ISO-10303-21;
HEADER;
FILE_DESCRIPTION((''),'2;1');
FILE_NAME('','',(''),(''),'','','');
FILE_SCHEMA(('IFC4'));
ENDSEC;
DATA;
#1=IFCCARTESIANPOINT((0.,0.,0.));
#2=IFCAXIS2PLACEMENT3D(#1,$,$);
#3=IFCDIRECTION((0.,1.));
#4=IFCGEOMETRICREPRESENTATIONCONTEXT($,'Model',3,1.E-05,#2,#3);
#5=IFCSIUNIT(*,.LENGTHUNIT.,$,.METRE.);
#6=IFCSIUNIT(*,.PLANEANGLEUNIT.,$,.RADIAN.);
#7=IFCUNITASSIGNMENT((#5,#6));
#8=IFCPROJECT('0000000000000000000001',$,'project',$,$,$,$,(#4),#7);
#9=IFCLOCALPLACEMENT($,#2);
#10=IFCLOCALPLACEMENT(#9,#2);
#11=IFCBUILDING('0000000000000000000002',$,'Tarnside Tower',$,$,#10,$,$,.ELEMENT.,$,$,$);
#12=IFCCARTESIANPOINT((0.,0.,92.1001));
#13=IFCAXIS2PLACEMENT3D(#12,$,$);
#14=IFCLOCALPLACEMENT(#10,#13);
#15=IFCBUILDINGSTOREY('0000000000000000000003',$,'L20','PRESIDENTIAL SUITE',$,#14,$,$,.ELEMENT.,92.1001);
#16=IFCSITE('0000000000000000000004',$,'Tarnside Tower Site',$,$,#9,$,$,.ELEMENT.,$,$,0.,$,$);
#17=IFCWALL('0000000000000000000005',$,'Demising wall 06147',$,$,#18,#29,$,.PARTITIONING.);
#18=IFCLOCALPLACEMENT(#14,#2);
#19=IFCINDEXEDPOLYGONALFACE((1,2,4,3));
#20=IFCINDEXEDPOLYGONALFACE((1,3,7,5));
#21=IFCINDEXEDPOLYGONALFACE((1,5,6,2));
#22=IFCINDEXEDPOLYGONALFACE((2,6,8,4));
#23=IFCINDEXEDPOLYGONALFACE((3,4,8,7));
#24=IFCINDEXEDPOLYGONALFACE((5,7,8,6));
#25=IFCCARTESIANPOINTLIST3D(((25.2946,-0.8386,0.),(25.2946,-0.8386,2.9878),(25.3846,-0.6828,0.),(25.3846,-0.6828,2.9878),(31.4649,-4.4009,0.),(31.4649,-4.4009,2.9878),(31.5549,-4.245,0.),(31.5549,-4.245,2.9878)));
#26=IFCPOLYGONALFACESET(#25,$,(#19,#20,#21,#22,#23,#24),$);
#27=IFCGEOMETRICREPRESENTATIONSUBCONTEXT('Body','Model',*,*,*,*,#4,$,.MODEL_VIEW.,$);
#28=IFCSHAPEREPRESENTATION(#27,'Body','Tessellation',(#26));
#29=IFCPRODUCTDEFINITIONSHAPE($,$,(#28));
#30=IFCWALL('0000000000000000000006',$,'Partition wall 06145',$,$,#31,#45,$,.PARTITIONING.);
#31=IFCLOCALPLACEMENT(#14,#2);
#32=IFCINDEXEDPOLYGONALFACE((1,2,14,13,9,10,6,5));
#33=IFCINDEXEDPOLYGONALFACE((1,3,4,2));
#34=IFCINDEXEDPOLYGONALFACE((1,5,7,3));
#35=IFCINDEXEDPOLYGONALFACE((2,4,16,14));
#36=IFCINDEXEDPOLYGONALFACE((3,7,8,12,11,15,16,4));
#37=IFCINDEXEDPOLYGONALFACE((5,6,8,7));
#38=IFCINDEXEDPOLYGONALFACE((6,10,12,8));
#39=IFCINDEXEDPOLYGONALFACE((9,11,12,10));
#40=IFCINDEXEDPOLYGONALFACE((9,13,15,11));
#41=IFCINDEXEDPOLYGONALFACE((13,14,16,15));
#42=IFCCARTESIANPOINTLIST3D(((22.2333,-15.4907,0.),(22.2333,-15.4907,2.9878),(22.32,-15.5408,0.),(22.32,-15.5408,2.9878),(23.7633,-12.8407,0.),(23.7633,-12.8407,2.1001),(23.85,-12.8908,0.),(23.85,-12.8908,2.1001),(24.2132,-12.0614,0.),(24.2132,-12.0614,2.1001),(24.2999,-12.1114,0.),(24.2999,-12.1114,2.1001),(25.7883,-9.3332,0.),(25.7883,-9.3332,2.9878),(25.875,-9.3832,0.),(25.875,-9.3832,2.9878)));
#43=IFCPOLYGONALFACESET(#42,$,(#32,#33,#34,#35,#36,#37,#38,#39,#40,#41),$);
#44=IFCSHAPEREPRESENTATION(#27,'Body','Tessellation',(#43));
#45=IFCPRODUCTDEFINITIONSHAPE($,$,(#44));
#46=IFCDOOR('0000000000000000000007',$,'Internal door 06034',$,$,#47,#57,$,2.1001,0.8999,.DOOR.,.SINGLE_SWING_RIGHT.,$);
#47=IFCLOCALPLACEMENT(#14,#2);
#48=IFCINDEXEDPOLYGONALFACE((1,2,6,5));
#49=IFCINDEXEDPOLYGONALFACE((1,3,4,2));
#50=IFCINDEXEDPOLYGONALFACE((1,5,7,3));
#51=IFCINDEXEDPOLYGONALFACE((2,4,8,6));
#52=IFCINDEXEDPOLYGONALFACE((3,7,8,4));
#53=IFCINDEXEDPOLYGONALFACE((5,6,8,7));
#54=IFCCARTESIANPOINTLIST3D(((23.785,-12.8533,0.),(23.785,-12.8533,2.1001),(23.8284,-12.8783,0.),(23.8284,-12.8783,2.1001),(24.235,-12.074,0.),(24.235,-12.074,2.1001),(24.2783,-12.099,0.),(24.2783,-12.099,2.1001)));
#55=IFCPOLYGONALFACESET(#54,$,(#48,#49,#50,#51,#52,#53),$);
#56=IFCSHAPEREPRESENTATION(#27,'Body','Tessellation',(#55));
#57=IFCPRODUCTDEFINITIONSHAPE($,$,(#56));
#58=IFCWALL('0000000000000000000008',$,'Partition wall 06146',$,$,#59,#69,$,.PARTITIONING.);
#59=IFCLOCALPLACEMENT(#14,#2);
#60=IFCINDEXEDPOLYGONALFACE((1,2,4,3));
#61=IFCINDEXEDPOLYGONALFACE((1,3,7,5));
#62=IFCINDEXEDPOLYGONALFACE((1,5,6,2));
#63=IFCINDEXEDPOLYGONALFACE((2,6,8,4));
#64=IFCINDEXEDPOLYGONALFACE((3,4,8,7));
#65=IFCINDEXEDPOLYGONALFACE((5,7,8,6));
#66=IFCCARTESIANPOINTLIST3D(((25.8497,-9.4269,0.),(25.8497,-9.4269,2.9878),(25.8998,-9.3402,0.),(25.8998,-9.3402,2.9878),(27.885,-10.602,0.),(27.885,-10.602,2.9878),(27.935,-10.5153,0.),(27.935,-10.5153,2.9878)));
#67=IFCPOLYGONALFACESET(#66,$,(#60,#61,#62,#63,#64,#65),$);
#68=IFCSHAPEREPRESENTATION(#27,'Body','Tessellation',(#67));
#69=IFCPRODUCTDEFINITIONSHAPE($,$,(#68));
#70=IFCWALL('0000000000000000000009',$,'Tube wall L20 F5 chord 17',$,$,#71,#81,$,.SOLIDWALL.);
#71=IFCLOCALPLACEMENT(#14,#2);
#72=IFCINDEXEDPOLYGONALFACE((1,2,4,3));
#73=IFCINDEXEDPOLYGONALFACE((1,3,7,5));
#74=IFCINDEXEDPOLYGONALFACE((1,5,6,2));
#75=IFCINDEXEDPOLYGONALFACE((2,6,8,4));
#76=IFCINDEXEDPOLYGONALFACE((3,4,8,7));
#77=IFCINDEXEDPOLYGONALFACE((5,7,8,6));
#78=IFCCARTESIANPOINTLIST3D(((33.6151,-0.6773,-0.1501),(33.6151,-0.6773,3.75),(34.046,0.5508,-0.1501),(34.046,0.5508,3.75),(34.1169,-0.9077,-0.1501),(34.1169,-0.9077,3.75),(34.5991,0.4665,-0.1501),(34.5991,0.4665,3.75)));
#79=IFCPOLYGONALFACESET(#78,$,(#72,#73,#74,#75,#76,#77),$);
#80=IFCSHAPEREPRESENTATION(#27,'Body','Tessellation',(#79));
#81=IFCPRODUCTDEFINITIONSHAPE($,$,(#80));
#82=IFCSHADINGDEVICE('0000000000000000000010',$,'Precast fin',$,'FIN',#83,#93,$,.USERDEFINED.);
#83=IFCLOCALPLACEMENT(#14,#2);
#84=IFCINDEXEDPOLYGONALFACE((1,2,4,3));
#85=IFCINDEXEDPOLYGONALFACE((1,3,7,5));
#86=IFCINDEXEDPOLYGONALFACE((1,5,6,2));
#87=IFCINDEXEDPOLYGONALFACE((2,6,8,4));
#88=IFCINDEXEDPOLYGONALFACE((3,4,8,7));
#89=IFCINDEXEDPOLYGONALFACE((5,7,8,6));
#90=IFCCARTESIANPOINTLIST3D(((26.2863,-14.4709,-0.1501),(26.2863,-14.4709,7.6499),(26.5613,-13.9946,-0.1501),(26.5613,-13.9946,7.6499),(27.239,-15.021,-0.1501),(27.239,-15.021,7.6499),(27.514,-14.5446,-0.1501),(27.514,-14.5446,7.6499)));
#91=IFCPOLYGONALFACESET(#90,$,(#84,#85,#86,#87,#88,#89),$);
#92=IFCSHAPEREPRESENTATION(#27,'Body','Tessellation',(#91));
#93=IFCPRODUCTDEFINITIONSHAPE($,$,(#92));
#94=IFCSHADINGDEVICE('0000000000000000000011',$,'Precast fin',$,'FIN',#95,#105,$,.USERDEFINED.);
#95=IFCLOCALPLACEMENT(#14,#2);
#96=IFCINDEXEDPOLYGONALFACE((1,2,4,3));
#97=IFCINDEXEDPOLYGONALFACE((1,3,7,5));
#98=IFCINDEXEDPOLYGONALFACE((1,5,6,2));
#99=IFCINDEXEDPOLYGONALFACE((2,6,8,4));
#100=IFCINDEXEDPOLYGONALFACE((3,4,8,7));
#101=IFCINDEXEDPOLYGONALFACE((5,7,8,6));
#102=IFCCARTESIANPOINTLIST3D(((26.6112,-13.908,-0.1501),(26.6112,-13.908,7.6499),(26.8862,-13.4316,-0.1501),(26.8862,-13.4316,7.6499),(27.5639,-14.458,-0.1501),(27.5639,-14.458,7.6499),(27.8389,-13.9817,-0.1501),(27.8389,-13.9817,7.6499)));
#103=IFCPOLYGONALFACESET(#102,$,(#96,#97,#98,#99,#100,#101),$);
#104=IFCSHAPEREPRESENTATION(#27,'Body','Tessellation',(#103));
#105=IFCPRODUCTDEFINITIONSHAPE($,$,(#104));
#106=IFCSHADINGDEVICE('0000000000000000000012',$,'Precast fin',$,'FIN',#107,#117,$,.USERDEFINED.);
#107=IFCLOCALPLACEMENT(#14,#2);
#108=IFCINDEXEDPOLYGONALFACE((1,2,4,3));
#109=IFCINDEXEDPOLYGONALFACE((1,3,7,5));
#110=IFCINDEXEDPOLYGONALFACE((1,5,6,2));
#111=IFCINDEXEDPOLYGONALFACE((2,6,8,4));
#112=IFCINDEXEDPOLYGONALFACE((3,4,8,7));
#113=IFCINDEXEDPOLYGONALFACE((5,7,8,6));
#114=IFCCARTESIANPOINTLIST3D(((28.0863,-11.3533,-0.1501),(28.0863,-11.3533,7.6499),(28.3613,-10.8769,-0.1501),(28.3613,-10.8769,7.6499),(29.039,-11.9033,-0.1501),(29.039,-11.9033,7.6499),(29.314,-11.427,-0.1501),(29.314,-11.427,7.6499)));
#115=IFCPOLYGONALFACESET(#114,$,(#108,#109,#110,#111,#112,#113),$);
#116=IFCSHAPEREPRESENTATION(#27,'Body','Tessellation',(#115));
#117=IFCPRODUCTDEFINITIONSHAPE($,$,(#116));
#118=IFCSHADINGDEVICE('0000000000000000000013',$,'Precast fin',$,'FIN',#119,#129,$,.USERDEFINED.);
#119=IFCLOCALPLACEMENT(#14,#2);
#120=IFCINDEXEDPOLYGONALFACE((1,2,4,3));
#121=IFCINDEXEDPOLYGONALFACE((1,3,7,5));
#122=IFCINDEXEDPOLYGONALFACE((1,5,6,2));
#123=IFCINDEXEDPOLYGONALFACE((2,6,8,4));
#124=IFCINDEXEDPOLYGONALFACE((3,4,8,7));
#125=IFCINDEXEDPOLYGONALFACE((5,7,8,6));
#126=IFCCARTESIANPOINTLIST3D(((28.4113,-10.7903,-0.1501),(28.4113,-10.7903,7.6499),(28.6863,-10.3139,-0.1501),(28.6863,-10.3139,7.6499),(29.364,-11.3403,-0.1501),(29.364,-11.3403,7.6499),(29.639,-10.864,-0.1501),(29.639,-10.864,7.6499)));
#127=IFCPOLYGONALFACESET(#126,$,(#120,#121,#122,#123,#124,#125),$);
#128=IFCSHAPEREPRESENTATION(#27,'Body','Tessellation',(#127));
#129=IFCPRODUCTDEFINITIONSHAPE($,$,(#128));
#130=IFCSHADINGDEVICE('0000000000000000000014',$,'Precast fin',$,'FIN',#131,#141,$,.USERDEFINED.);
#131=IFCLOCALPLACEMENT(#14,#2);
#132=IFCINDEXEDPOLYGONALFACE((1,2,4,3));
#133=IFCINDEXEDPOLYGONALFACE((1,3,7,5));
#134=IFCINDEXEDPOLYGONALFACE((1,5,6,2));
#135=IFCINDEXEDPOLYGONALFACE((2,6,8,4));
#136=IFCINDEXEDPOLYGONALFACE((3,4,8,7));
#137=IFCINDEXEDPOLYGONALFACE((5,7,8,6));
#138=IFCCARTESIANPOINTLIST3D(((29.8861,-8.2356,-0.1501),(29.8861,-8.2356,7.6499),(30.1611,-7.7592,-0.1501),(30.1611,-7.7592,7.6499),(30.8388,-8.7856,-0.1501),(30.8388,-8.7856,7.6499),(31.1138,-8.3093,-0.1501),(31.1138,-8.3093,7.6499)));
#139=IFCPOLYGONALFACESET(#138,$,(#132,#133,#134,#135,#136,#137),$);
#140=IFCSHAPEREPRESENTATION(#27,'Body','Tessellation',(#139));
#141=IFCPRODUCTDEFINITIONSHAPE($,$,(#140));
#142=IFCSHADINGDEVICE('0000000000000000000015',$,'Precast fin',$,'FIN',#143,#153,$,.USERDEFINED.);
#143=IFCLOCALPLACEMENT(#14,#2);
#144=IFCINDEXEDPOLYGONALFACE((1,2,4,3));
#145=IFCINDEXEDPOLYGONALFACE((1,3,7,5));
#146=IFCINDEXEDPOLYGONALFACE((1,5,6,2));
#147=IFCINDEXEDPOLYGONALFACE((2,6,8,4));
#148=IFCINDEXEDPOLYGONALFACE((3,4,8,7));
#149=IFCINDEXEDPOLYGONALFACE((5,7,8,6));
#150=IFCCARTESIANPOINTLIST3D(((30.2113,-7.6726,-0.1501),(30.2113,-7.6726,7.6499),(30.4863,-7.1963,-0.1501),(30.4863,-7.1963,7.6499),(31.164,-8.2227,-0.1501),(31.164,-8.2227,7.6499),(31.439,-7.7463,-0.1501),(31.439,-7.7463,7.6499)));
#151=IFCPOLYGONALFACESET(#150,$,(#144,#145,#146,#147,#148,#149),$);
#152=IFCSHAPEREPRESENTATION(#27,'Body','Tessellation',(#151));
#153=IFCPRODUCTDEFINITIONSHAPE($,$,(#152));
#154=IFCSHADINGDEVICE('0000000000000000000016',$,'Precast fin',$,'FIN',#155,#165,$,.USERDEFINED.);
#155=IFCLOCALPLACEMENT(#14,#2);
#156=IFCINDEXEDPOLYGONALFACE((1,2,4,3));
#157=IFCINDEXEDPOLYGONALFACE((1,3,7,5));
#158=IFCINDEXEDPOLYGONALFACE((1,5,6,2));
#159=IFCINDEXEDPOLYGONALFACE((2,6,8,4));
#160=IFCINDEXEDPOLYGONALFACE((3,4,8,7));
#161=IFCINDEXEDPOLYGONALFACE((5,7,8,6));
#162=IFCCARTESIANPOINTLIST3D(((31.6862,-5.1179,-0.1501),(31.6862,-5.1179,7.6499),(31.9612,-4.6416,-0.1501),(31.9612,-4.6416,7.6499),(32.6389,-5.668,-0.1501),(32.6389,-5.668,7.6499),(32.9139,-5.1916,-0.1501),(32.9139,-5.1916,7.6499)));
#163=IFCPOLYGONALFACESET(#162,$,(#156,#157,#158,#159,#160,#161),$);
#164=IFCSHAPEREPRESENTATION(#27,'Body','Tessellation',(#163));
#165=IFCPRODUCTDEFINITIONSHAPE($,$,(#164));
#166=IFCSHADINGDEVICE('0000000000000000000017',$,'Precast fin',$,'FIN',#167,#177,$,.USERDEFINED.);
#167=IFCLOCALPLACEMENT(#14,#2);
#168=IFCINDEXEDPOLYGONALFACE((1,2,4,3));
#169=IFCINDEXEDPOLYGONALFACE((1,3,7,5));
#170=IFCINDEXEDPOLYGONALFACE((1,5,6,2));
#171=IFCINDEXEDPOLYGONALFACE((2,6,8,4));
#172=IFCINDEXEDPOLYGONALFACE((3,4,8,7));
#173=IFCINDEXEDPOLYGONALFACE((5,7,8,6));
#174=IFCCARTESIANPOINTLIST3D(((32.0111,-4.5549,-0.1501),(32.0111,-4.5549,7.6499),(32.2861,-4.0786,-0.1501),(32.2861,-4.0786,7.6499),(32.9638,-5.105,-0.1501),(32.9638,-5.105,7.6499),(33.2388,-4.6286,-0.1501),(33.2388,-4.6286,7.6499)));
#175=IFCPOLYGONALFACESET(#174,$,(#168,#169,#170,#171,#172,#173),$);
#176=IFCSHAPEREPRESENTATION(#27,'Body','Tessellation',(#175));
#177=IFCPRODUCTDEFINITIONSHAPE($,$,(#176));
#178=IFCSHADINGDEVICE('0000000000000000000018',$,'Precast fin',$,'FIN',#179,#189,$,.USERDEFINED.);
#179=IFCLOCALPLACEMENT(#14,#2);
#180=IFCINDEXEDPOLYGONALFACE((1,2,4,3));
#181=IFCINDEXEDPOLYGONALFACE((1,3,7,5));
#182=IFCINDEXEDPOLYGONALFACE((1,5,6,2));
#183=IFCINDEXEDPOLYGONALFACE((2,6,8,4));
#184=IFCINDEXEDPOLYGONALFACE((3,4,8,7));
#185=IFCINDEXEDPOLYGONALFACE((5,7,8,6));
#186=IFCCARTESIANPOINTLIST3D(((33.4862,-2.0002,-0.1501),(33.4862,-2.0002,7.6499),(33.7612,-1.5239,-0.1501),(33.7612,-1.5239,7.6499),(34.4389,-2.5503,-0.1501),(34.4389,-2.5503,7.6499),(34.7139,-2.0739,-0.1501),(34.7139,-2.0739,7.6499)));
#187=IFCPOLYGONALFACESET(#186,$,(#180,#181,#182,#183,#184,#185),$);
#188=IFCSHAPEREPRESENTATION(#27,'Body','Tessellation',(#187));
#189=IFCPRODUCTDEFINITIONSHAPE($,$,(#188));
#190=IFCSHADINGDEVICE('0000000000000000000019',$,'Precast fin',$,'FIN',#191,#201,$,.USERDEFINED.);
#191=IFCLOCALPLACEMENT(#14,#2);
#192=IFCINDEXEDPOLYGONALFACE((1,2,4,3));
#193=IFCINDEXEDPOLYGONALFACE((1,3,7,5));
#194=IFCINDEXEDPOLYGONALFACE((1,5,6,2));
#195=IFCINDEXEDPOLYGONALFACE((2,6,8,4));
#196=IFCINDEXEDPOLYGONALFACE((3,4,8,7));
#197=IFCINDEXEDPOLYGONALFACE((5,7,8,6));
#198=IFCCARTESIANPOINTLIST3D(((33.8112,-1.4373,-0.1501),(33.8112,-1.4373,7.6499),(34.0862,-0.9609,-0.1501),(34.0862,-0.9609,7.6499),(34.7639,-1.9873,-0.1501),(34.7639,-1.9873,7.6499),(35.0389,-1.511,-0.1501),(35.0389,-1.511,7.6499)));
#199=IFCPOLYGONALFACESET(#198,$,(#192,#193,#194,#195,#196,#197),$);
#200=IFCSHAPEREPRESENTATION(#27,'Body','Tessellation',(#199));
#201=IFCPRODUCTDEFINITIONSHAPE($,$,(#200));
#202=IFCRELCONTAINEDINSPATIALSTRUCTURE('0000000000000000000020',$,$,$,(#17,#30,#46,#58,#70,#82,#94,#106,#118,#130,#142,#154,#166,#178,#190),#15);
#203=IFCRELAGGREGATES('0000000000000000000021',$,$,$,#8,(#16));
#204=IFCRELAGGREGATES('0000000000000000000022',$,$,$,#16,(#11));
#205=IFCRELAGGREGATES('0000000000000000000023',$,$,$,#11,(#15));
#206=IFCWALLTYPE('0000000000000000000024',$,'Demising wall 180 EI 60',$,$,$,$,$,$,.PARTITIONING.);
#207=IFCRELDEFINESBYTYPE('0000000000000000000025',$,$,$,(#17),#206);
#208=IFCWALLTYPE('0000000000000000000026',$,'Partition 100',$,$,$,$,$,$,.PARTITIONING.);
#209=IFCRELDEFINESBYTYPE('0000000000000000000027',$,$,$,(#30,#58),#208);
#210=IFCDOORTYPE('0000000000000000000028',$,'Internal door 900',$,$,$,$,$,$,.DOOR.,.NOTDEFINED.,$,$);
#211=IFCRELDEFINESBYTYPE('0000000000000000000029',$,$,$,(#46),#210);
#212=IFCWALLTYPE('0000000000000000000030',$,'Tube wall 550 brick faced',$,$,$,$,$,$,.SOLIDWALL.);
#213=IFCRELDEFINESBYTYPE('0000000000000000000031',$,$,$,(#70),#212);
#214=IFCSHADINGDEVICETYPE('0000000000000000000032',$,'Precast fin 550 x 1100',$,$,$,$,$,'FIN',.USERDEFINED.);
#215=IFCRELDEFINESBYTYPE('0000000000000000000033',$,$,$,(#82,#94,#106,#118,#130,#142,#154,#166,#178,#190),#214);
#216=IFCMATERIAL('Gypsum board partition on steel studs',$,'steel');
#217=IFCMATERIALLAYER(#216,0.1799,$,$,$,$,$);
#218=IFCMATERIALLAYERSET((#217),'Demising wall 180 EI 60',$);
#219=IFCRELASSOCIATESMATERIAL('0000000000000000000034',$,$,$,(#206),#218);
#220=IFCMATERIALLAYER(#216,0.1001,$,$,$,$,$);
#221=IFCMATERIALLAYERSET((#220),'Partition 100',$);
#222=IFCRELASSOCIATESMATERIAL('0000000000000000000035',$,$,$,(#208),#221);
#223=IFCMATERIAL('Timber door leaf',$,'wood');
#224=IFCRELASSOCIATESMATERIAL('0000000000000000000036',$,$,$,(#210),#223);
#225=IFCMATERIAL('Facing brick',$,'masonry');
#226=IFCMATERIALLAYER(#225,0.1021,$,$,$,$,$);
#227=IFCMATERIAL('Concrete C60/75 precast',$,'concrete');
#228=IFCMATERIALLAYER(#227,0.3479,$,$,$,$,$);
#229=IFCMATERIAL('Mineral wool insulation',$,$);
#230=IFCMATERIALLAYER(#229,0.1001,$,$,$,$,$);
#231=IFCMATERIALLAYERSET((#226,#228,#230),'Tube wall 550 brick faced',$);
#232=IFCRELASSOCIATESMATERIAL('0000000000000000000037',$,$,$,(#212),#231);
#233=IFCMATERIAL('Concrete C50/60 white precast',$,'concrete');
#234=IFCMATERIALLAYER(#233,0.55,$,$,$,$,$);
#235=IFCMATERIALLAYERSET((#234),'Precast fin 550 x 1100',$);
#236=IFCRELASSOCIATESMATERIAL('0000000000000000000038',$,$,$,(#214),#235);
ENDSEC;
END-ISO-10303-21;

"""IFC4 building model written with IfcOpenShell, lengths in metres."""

from ifc_helpers import new_model, si_unit, direction, frame, frame_2d, origin, place, context, subcontext, project, spatial, polyline, rectangle, outline, extrude, material, layer, layer_set, type_object, element, fill, save


model = new_model("IFC4")

# Units and contexts
model_context = context("Model", 3, precision=1e-05, world=origin(), true_north=direction((0.0, 1.0)))
body_context = subcontext(model_context, "Body", "Model", "MODEL_VIEW")
ifc_project = project(units=[si_unit("LENGTHUNIT", "METRE"), si_unit("PLANEANGLEUNIT", "RADIAN")], contexts=[model_context])

# Site, building, storey
site_placement = place(None, origin())
site = spatial("IfcSite", under=ifc_project, at=site_placement, Name="Tarnside Tower Site", CompositionType="ELEMENT", RefElevation=0.0)
building_placement = place(site_placement, origin())
building = spatial("IfcBuilding", under=site, at=building_placement, Name="Tarnside Tower", CompositionType="ELEMENT")
storey_placement = place(building_placement, frame((0.0, 0.0, 92.1001)))
storey = spatial("IfcBuildingStorey", under=building, at=storey_placement, Name="L20", Description="PRESIDENTIAL SUITE", CompositionType="ELEMENT", Elevation=92.1001)

# Shared definitions
ifc_material_1 = material(Name="Gypsum board partition on steel studs", Category="steel")

# Shared definitions
ifc_material_2 = material(Name="Timber door leaf", Category="wood")

# Wall
ifc_layer_1 = layer(ifc_material_1, 0.1799)
ifc_layer_set_1 = layer_set([ifc_layer_1], Name="Demising wall 180 EI 60")
wall_type_1 = type_object("IfcWallType", Name="Demising wall 180 EI 60", PredefinedType="PARTITIONING", material=ifc_layer_set_1)
wall_1_placement = place(storey_placement, frame((31.51, -4.323, 0.0), z_axis=(0.0, 0.0, 1.0), x_axis=(-0.86604, 0.499976, 0.0)))
element("IfcWall", 1, at=wall_1_placement, inside=storey, type_object=wall_type_1, Name="Demising wall 06147", PredefinedType="PARTITIONING", context=body_context, shape_type="SweptSolid", body=[
    extrude(rectangle(XDim=7.1248, YDim=0.1799, at=frame_2d((3.5625, 0.0))), origin(), (0.0, 0.0, 1.0), 2.9878),
])

# Wall, opening, door
ifc_layer_2 = layer(ifc_material_1, 0.1001)
ifc_layer_set_2 = layer_set([ifc_layer_2], Name="Partition 100")
wall_type_2 = type_object("IfcWallType", Name="Partition 100", PredefinedType="PARTITIONING", material=ifc_layer_set_2)
wall_2_placement = place(storey_placement, frame((22.2766, -15.5159, 0.0), z_axis=(0.0, 0.0, 1.0), x_axis=(0.499991, 0.866031, 0.0)))
wall_2 = element("IfcWall", 2, at=wall_2_placement, inside=storey, type_object=wall_type_2, Name="Partition wall 06145", PredefinedType="PARTITIONING", context=body_context, shape_type="SweptSolid", body=[
    extrude(rectangle(XDim=7.1101, YDim=0.1001, at=frame_2d((3.5552, 0.0))), origin(), (0.0, 0.0, 1.0), 2.9878),
])
opening_1_placement = place(wall_2_placement, frame((3.0601, 0.0, 0.0)))
opening_1 = element("IfcOpeningElement", 3, at=opening_1_placement, cuts=wall_2, PredefinedType="OPENING", context=body_context, shape_type="SweptSolid", body=[
    extrude(rectangle(XDim=0.8999, YDim=2.1001, at=frame_2d((0.45, 1.05))), frame((0.0, 0.0601, 0.0), z_axis=(0.0, -1.0, 0.0), x_axis=(1.0, 0.0, 0.0)), (0.0, 0.0, 1.0), 0.1201),
])
door_type_1 = type_object("IfcDoorType", Name="Internal door 900", OperationType="NOTDEFINED", PredefinedType="DOOR", material=ifc_material_2)
door_1_placement = place(opening_1_placement, origin())
door_1 = element("IfcDoor", 4, at=door_1_placement, inside=storey, type_object=door_type_1, Name="Internal door 06034", OperationType="SINGLE_SWING_RIGHT", OverallHeight=2.1001, OverallWidth=0.8999, PredefinedType="DOOR", context=body_context, shape_type="SweptSolid", body=[
    extrude(rectangle(XDim=0.8999, YDim=2.1001, at=frame_2d((0.45, 1.05))), frame((0.0, 0.0249, 0.0), z_axis=(0.0, -1.0, 0.0), x_axis=(1.0, 0.0, 0.0)), (0.0, 0.0, 1.0), 0.05),
])
fill(opening_1, door_1)

# Walls
wall_3_placement = place(storey_placement, frame((25.8748, -9.3835, 0.0), z_axis=(0.0, 0.0, 1.0), x_axis=(0.866016, -0.500016, 0.0)))
element("IfcWall", 5, at=wall_3_placement, inside=storey, type_object=wall_type_2, Name="Partition wall 06146", PredefinedType="PARTITIONING", context=body_context, shape_type="SweptSolid", body=[
    extrude(rectangle(XDim=2.3501, YDim=0.1001, at=frame_2d((1.175, 0.0))), origin(), (0.0, 0.0, 1.0), 2.9878),
])
ifc_material_3 = material(Name="Facing brick", Category="masonry")
ifc_layer_3 = layer(ifc_material_3, 0.1021)
ifc_material_4 = material(Name="Concrete C60/75 precast", Category="concrete")
ifc_layer_4 = layer(ifc_material_4, 0.3479)
ifc_material_5 = material(Name="Mineral wool insulation")
ifc_layer_5 = layer(ifc_material_5, 0.1001)
ifc_layer_set_3 = layer_set([ifc_layer_3, ifc_layer_4, ifc_layer_5], Name="Tube wall 550 brick faced")
wall_type_3 = type_object("IfcWallType", Name="Tube wall 550 brick faced", PredefinedType="SOLIDWALL", material=ifc_layer_set_3)
wall_4_placement = place(storey_placement, frame((33.866, -0.7925, -0.1501), z_axis=(0.0, 0.0, 1.0), x_axis=(0.331115, 0.94359, 0.0)))
element("IfcWall", 6, at=wall_4_placement, inside=storey, type_object=wall_type_3, Name="Tube wall L20 F5 chord 17", PredefinedType="SOLIDWALL", context=body_context, shape_type="SweptSolid", body=[
    extrude(outline(polyline([(-0.0256, -0.2749), (1.4307, -0.2749), (1.3271, 0.2749), (0.0256, 0.2749), (-0.0256, -0.2749)])), origin(), (0.0, 0.0, 1.0), 3.9001),
])

# Shading devices
ifc_material_6 = material(Name="Concrete C50/60 white precast", Category="concrete")
ifc_layer_6 = layer(ifc_material_6, 0.55)
ifc_layer_set_4 = layer_set([ifc_layer_6], Name="Precast fin 550 x 1100")
shading_device_type_1 = type_object("IfcShadingDeviceType", Name="Precast fin 550 x 1100", ElementType="FIN", PredefinedType="USERDEFINED", material=ifc_layer_set_4)
for number, where, z_axis, x_axis, name in (
    (7, (26.4238, -14.2327, -0.1501), (-0.5, -0.866025, 0.0), (0.866025, -0.5, 0.0), "Precast fin"),
    (8, (26.7488, -13.6697, -0.1501), (-0.5, -0.866025, 0.0), (0.866025, -0.5, 0.0), "Precast fin"),
    (9, (28.2239, -11.115, -0.1501), (-0.5, -0.866025, 0.0), (0.866025, -0.5, 0.0), "Precast fin"),
    (10, (28.5488, -10.552, -0.1501), (-0.5, -0.866025, 0.0), (0.866025, -0.5, 0.0), "Precast fin"),
    (11, (30.0237, -7.9973, -0.1501), (-0.5, -0.866025, 0.0), (0.866025, -0.5, 0.0), "Precast fin"),
    (12, (30.3489, -7.4343, -0.1501), (-0.5, -0.866025, 0.0), (0.866025, -0.5, 0.0), "Precast fin"),
    (13, (31.8237, -4.8796, -0.1501), (-0.5, -0.866025, 0.0), (0.866025, -0.5, 0.0), "Precast fin"),
    (14, (32.1487, -4.3167, -0.1501), (-0.5, -0.866025, 0.0), (0.866025, -0.5, 0.0), "Precast fin"),
    (15, (33.6238, -1.762, -0.1501), (-0.5, -0.866025, 0.0), (0.866025, -0.5, 0.0), "Precast fin"),
    (16, (33.9487, -1.199, -0.1501), (-0.5, -0.866025, 0.0), (0.866025, -0.5, 0.0), "Precast fin"),
):
    element("IfcShadingDevice", number, at=place(storey_placement, frame(where, z_axis=z_axis, x_axis=x_axis)), inside=storey, type_object=shading_device_type_1, Name=name, ObjectType="FIN", PredefinedType="USERDEFINED", context=body_context, shape_type="SweptSolid", body=[
        extrude(outline(polyline([(0.0, 0.0), (1.1001, 0.0), (1.1001, 7.8), (0.0, 7.8), (0.0, 0.0)])), frame((0.0, 0.0, -0.2749)), (0.0, 0.0, 1.0), 0.55),
    ])

save(model, "model.ifc")
